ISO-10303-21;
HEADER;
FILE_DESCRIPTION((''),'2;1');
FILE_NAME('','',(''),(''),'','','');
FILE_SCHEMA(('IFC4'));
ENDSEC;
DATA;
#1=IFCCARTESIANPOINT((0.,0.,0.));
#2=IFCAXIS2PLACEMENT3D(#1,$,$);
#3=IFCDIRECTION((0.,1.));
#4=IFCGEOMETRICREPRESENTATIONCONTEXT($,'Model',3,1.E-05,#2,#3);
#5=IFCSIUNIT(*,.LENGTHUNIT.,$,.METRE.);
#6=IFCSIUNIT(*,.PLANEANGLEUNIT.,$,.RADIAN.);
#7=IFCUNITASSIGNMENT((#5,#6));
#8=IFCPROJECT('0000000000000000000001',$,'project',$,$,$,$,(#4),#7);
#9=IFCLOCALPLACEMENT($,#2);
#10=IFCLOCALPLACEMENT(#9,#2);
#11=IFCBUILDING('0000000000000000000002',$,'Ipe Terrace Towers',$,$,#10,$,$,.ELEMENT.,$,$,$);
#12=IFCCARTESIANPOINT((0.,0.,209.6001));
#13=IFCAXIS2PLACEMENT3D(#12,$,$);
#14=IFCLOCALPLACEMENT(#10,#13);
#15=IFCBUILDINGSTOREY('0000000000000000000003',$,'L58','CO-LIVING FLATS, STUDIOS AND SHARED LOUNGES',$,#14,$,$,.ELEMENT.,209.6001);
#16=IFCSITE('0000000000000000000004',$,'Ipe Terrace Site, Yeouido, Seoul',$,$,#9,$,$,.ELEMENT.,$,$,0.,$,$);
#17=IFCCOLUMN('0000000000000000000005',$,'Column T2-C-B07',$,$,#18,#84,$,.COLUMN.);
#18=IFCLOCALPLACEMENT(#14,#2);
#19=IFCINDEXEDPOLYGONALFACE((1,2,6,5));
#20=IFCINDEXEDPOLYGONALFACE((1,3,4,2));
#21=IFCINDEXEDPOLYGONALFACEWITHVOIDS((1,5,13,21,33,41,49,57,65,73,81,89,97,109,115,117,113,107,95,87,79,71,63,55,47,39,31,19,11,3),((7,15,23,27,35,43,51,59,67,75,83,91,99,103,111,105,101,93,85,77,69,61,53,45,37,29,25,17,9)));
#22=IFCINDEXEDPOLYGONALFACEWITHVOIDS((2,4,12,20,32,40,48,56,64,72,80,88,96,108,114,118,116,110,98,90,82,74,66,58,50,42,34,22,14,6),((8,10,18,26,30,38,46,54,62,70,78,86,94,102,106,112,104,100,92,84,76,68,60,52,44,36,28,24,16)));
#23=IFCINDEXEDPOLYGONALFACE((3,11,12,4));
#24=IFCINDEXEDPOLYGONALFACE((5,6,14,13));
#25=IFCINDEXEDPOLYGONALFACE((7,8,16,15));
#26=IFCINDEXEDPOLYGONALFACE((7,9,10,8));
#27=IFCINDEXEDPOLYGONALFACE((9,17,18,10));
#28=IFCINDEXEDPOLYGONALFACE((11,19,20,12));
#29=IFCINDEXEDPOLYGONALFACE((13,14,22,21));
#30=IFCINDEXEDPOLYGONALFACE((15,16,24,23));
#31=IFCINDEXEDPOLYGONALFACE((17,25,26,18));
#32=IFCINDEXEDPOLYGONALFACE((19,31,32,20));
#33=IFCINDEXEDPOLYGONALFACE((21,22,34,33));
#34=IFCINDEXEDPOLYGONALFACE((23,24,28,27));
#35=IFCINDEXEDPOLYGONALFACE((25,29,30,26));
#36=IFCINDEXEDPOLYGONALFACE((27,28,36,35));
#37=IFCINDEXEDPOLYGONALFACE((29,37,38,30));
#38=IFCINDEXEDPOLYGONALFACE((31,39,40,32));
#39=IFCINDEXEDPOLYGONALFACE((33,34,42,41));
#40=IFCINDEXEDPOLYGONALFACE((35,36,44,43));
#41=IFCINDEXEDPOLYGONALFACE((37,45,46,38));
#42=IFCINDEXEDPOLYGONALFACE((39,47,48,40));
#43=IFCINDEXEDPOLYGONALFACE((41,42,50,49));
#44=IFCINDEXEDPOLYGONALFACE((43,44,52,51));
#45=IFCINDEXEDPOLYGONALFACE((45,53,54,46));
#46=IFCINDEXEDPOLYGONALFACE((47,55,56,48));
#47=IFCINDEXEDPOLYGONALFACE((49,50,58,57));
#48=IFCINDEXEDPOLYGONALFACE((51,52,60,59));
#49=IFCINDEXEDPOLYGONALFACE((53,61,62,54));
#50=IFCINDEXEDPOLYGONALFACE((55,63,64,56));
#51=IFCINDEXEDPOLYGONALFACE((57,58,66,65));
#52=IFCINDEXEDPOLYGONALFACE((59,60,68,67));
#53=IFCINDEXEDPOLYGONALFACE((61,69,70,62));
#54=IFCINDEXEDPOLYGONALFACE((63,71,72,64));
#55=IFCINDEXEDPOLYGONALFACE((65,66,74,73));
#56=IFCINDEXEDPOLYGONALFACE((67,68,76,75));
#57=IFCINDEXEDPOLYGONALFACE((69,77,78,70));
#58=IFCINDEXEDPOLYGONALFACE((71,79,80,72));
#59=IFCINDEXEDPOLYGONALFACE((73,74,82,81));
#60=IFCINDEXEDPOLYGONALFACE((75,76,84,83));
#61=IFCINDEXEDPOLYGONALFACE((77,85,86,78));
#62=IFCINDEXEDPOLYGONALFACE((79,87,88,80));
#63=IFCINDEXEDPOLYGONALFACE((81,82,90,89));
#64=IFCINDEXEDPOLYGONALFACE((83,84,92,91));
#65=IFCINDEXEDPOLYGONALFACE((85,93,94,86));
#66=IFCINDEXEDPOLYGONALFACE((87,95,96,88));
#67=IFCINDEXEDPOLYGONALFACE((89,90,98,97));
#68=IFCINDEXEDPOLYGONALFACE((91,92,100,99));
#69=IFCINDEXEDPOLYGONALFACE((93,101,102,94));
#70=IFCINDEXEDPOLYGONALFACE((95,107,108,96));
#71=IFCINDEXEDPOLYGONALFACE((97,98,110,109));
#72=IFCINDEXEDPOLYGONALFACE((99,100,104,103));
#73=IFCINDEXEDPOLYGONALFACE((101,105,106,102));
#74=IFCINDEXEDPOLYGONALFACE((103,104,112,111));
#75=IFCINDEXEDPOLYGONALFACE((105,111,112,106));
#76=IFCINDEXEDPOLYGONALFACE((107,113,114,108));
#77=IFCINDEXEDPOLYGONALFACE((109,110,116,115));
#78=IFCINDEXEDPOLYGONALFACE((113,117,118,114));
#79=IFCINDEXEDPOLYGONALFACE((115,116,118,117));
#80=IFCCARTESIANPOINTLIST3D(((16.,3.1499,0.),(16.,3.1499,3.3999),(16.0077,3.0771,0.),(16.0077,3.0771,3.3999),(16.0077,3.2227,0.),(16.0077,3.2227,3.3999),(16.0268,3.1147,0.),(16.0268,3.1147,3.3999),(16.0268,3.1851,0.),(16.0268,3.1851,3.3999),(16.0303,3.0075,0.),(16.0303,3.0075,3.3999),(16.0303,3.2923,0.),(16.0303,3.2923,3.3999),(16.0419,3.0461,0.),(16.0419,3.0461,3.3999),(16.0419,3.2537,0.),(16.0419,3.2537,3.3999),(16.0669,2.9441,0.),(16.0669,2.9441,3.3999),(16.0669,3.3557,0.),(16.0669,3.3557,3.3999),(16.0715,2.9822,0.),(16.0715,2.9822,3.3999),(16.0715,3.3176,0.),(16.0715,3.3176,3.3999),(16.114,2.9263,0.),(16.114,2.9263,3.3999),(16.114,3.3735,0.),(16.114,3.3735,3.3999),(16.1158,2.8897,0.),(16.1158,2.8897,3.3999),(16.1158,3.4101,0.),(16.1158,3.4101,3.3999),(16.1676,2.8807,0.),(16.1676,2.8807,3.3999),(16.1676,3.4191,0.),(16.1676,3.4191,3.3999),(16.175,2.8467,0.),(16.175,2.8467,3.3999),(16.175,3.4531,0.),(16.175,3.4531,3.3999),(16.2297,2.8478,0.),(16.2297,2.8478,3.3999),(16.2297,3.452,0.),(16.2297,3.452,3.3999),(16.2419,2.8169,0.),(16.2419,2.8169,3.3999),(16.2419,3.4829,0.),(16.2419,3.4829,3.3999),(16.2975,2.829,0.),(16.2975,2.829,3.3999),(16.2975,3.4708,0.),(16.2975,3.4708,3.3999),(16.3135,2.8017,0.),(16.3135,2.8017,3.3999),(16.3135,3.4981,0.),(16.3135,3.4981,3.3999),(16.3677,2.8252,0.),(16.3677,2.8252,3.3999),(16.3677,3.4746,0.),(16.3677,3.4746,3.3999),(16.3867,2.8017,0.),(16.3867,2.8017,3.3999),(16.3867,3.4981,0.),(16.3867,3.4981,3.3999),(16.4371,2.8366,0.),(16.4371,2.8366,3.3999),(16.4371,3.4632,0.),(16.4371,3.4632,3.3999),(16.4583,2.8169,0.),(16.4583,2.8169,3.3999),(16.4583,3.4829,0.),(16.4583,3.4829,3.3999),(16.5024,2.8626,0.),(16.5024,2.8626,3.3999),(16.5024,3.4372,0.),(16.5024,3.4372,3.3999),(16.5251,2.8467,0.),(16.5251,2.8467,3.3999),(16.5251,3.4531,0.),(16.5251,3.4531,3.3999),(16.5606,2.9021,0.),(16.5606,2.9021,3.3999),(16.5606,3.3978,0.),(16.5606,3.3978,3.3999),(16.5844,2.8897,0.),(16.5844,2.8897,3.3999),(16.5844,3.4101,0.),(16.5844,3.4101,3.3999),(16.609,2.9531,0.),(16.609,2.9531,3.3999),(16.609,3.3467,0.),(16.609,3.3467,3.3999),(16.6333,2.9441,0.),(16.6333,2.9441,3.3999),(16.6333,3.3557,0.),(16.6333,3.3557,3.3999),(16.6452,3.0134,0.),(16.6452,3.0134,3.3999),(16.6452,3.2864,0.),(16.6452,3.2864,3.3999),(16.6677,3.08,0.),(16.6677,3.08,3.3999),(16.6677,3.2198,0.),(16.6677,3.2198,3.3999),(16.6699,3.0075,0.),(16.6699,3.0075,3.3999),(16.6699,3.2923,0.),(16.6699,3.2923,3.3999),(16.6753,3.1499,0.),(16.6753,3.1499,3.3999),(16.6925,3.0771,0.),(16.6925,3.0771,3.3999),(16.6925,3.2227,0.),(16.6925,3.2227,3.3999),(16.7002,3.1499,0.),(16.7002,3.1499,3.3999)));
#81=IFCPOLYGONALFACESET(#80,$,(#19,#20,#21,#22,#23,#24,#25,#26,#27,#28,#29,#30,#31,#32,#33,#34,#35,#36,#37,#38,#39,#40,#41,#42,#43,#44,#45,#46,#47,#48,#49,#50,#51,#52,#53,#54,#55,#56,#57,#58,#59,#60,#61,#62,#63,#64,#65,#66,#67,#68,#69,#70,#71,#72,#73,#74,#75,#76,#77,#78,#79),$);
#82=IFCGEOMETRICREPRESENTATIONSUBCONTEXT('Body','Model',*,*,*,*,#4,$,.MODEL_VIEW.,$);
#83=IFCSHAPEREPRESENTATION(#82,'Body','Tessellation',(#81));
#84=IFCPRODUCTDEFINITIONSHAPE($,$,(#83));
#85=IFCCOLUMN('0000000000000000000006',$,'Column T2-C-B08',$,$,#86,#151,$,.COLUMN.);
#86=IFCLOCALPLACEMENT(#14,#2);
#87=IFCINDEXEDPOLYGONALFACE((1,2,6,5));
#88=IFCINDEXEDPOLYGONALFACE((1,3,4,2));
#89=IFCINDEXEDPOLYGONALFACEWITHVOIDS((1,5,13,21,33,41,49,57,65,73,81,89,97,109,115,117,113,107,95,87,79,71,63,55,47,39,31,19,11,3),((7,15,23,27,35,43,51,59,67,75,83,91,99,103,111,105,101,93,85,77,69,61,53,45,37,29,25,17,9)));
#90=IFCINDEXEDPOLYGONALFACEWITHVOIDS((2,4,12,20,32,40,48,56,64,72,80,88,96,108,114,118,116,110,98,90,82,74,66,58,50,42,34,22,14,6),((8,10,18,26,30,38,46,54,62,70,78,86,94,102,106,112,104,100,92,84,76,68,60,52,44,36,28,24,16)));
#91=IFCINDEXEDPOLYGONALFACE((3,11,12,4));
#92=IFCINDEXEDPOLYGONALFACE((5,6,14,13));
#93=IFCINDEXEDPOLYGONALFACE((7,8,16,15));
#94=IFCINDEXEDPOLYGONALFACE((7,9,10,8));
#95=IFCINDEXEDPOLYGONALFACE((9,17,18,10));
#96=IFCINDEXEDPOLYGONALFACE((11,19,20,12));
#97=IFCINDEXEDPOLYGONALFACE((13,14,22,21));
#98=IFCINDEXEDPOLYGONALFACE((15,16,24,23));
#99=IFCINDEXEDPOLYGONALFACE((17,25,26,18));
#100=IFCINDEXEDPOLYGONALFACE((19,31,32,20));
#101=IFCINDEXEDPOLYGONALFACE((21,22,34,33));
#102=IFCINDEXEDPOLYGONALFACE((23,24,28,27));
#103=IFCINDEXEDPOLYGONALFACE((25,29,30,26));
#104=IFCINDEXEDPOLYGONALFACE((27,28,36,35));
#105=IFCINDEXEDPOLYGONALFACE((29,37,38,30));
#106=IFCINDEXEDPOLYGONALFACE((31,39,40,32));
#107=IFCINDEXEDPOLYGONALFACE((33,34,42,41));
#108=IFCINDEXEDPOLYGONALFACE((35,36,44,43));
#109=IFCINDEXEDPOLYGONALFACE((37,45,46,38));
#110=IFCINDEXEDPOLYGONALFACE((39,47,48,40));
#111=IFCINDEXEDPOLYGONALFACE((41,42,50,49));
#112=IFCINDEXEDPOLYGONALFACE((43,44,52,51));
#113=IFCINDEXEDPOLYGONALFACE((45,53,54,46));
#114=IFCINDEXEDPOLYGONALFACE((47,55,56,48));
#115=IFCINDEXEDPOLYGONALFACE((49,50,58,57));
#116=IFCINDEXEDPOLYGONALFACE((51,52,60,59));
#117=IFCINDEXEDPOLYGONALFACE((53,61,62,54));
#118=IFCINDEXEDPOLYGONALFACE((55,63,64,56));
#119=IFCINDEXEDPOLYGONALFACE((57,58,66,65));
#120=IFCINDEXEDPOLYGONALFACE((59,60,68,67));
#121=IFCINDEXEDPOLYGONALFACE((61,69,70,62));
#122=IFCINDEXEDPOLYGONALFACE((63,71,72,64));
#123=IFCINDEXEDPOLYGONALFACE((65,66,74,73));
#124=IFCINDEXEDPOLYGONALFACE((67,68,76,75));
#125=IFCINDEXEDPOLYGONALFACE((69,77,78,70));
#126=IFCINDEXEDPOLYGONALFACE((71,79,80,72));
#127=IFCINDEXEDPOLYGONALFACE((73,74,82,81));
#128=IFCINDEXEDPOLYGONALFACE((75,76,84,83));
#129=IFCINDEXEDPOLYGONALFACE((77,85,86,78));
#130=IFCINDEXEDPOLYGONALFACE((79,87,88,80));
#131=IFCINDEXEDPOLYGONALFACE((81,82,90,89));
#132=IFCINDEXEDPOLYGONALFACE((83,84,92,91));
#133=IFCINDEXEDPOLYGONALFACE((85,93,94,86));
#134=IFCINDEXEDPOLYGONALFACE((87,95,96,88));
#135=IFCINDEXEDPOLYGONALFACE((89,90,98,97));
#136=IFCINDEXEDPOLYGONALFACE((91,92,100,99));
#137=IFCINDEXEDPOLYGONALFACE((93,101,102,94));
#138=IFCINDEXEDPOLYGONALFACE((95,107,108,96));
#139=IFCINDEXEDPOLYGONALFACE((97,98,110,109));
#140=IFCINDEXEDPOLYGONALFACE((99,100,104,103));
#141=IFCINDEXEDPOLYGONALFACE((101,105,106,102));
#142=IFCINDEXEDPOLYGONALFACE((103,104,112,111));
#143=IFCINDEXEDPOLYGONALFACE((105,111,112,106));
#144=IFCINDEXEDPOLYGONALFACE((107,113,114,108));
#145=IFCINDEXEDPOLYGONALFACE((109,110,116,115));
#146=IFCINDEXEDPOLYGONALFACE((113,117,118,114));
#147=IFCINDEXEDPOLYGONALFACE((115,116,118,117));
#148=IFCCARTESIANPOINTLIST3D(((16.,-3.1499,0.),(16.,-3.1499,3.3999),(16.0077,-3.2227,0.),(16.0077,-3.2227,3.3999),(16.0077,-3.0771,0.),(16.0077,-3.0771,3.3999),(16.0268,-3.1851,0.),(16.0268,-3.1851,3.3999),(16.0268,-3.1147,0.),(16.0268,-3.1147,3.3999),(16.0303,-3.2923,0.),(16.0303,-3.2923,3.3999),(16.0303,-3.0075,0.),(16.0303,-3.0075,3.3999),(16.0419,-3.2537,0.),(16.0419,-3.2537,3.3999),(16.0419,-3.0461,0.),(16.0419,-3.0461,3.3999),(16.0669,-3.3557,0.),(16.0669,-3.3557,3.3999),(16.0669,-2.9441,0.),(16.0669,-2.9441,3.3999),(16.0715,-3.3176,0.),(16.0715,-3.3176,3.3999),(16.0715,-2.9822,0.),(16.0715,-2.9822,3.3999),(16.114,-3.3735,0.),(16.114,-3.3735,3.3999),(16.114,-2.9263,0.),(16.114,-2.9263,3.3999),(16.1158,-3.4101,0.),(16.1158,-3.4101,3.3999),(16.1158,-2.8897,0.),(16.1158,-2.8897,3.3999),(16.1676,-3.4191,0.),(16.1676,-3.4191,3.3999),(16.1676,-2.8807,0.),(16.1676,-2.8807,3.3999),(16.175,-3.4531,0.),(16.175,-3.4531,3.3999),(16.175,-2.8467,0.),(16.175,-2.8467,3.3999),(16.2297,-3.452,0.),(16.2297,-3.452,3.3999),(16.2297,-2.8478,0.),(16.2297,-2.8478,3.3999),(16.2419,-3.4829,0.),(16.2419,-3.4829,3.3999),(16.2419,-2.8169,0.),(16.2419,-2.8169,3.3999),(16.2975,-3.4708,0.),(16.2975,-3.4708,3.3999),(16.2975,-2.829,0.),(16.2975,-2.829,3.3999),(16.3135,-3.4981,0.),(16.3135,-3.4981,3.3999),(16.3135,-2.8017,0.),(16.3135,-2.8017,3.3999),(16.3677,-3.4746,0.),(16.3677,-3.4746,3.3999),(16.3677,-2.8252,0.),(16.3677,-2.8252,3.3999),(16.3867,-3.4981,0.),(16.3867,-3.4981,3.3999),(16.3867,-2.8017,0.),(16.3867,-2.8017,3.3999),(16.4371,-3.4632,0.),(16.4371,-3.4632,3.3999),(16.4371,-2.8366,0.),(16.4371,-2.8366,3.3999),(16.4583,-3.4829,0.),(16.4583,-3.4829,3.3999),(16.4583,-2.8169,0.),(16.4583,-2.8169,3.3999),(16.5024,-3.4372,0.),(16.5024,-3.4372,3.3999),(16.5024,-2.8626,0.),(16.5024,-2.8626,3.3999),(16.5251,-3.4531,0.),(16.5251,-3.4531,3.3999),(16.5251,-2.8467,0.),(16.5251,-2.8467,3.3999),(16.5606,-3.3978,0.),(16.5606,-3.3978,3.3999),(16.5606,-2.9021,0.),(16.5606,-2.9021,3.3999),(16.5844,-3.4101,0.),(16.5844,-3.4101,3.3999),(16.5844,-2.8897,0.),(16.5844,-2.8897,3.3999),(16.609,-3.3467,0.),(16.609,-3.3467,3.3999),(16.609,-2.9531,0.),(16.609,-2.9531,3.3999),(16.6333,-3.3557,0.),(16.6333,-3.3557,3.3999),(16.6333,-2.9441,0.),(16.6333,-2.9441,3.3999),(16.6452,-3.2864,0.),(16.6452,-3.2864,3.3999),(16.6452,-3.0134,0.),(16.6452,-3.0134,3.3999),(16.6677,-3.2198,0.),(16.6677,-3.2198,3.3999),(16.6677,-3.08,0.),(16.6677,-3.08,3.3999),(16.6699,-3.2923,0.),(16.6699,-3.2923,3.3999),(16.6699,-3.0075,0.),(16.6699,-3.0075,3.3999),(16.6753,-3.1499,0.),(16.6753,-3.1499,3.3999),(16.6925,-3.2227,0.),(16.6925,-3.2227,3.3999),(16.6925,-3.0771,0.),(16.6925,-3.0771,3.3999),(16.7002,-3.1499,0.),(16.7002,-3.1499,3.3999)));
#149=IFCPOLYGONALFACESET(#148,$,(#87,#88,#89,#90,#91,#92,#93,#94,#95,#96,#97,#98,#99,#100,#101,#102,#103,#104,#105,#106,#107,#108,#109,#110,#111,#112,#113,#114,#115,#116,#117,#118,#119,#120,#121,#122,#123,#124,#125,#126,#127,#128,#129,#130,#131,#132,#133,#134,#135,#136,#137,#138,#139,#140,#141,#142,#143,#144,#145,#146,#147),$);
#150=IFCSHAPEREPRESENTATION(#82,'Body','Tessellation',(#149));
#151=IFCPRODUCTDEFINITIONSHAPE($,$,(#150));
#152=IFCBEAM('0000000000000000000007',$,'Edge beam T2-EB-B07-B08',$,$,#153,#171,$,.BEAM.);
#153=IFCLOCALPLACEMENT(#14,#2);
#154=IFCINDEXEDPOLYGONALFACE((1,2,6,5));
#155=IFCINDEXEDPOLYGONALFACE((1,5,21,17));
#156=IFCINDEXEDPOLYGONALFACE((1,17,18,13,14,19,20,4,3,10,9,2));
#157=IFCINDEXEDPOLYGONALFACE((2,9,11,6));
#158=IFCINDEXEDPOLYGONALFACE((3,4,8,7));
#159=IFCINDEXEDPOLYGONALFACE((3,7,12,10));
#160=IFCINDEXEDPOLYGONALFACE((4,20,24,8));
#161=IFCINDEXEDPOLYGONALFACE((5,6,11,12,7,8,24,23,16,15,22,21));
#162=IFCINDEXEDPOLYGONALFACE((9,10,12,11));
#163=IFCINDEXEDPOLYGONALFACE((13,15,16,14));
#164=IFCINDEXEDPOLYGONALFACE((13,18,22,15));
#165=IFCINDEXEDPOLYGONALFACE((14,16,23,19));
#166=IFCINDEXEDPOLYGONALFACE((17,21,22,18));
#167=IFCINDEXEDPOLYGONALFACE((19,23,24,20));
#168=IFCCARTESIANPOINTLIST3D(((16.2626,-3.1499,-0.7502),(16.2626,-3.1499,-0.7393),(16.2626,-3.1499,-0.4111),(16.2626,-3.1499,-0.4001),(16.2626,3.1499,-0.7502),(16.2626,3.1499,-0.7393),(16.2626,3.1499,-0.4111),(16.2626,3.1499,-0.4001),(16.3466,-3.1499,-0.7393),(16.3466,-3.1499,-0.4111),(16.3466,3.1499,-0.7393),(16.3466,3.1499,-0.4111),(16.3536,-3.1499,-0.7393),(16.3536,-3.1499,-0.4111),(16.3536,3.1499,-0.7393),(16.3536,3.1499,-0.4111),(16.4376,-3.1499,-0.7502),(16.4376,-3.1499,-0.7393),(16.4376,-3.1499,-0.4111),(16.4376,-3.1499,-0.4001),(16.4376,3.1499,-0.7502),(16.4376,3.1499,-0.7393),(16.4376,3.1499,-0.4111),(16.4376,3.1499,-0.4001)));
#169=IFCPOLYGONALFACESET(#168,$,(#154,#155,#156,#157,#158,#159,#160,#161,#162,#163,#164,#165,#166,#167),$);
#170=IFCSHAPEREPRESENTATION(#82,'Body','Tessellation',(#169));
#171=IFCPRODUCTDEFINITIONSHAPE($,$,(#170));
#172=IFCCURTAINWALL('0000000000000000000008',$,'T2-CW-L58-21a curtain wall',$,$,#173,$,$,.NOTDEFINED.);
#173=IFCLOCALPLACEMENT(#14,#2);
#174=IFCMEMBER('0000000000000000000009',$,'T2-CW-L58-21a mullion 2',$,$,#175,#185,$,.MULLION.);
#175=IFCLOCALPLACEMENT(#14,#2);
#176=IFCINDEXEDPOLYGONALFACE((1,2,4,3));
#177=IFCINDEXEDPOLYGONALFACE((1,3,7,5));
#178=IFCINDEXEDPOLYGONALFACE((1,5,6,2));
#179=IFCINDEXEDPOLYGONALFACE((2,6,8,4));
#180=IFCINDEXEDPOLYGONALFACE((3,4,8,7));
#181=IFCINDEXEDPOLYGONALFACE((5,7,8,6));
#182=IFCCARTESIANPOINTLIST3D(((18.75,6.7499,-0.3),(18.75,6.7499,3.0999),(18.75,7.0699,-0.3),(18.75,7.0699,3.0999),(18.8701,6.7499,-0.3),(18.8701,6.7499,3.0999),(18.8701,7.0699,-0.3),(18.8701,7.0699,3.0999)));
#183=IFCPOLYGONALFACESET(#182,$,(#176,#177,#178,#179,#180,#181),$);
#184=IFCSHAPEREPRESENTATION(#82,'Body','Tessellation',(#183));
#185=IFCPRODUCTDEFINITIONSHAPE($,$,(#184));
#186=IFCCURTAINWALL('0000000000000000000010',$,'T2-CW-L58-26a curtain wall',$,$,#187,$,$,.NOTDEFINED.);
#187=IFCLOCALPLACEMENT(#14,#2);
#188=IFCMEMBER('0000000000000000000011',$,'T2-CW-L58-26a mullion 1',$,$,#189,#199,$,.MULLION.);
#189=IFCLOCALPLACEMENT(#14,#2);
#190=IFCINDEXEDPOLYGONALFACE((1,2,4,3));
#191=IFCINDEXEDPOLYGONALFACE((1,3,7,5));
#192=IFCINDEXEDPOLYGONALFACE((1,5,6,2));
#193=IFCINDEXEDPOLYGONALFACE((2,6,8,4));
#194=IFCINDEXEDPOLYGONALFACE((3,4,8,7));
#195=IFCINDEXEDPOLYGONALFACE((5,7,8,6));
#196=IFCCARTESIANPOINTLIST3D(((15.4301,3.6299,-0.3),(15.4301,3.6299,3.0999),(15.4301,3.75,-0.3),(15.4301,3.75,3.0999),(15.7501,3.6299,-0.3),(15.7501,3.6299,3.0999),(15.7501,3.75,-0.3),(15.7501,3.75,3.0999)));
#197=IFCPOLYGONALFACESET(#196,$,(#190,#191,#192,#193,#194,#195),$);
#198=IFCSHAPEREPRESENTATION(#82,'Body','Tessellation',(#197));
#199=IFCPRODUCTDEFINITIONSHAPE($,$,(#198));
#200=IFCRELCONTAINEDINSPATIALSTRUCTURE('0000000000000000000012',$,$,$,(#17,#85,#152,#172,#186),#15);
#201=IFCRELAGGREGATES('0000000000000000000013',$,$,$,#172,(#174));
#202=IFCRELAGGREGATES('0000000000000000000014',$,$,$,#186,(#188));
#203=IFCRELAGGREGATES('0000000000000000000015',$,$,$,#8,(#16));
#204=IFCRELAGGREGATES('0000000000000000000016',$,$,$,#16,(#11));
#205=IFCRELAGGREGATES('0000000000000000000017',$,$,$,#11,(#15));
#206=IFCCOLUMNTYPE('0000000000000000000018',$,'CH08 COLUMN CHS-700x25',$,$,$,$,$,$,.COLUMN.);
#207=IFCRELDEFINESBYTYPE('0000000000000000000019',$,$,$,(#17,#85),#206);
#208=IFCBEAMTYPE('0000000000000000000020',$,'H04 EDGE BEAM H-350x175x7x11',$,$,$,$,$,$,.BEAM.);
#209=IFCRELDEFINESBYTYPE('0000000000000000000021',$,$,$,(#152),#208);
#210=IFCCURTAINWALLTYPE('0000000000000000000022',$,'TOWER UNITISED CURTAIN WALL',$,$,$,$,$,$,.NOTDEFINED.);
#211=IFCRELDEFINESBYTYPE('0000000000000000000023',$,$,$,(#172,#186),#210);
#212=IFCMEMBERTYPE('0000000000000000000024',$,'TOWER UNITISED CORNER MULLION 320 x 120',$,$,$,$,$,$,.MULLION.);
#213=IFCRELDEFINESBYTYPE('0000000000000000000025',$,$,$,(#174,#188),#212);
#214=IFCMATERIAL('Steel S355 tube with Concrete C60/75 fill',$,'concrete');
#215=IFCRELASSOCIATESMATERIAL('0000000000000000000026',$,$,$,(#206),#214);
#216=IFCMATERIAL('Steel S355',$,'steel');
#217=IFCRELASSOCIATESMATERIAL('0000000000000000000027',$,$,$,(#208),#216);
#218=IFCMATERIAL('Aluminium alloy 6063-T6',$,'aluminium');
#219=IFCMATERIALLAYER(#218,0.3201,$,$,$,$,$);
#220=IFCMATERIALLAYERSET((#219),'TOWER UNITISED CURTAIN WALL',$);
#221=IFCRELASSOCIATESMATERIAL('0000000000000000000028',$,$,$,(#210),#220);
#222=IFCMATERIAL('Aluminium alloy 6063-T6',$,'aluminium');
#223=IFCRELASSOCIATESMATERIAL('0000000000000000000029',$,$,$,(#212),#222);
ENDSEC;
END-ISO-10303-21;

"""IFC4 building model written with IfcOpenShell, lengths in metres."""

from ifc_helpers import new_model, si_unit, direction, frame, origin, origin_2d, place, context, subcontext, project, spatial, rectangle, hollow_circle, i_section, extrude, material, layer, layer_set, material_profile, profile_set, type_object, element, aggregate, save


model = new_model("IFC4")

# Units and contexts
model_context = context("Model", 3, precision=1e-05, world=origin(), true_north=direction((0.0, 1.0)))
body_context = subcontext(model_context, "Body", "Model", "MODEL_VIEW")
ifc_project = project(units=[si_unit("LENGTHUNIT", "METRE"), si_unit("PLANEANGLEUNIT", "RADIAN")], contexts=[model_context])

# Site, building, storey
site_placement = place(None, origin())
site = spatial("IfcSite", under=ifc_project, at=site_placement, Name="Ipe Terrace Site, Yeouido, Seoul", CompositionType="ELEMENT", RefElevation=0.0)
building_placement = place(site_placement, origin())
building = spatial("IfcBuilding", under=site, at=building_placement, Name="Ipe Terrace Towers", CompositionType="ELEMENT")
storey_placement = place(building_placement, frame((0.0, 0.0, 209.6001)))
storey = spatial("IfcBuildingStorey", under=building, at=storey_placement, Name="L58", Description="CO-LIVING FLATS, STUDIOS AND SHARED LOUNGES", CompositionType="ELEMENT", Elevation=209.6001)

# Columns
ifc_material_1 = material(Name="Steel S355 tube with Concrete C60/75 fill", Category="concrete")
ifc_material_profile_1 = material_profile(ifc_material_1, hollow_circle(Radius=0.3501, WallThickness=0.0249, at=origin_2d()), Name="CHS-700x25")
ifc_profile_set_1 = profile_set([ifc_material_profile_1], Name="Steel S355 tube with Concrete C60/75 fill")
column_type = type_object("IfcColumnType", Name="CH08 COLUMN CHS-700x25", PredefinedType="COLUMN", material=ifc_profile_set_1)
for number, where, z_axis, x_axis, name in (
    (1, (16.3501, 3.1499, 0.0), (0.0, 0.0, 1.0), (1.0, 0.0, 0.0), "Column T2-C-B07"),
    (2, (16.3501, -3.1499, 0.0), (0.0, 0.0, 1.0), (1.0, 0.0, 0.0), "Column T2-C-B08"),
):
    element("IfcColumn", number, at=place(storey_placement, frame(where, z_axis=z_axis, x_axis=x_axis)), inside=storey, type_object=column_type, Name=name, PredefinedType="COLUMN", context=body_context, shape_type="SweptSolid", body=[
        extrude(hollow_circle(Radius=0.3501, WallThickness=0.0249, at=origin_2d()), origin(), (0.0, 0.0, 1.0), 3.3999),
    ])

# Beam
ifc_material_2 = material(Name="Steel S355", Category="steel")
ifc_material_profile_2 = material_profile(ifc_material_2, i_section(OverallWidth=0.175, OverallDepth=0.3501, WebThickness=0.0071, FlangeThickness=0.011, at=origin_2d()), Name="H-350x175x7x11")
ifc_profile_set_2 = profile_set([ifc_material_profile_2], Name="Steel S355")
beam_type = type_object("IfcBeamType", Name="H04 EDGE BEAM H-350x175x7x11", PredefinedType="BEAM", material=ifc_profile_set_2)
beam_placement = place(storey_placement, frame((16.3501, 3.1499, -0.5752), z_axis=(0.0, -1.0, 0.0), x_axis=(1.0, 0.0, 0.0)))
element("IfcBeam", 3, at=beam_placement, inside=storey, type_object=beam_type, Name="Edge beam T2-EB-B07-B08", PredefinedType="BEAM", context=body_context, shape_type="SweptSolid", body=[
    extrude(i_section(OverallWidth=0.175, OverallDepth=0.3501, WebThickness=0.0071, FlangeThickness=0.011, at=origin_2d()), origin(), (0.0, 0.0, 1.0), 6.2998),
])

# Curtain wall, member
ifc_material_3 = material(Name="Aluminium alloy 6063-T6", Category="aluminium")
ifc_layer_1 = layer(ifc_material_3, 0.3201)
ifc_layer_set_1 = layer_set([ifc_layer_1], Name="TOWER UNITISED CURTAIN WALL")
curtain_wall_type = type_object("IfcCurtainWallType", Name="TOWER UNITISED CURTAIN WALL", PredefinedType="NOTDEFINED", material=ifc_layer_set_1)
curtain_wall_1_placement = place(storey_placement, origin())
curtain_wall_1 = element("IfcCurtainWall", 4, at=curtain_wall_1_placement, inside=storey, type_object=curtain_wall_type, Name="T2-CW-L58-21a curtain wall", PredefinedType="NOTDEFINED")
ifc_material_4 = material(Name="Aluminium alloy 6063-T6", Category="aluminium")
ifc_material_profile_3 = material_profile(ifc_material_4, rectangle(XDim=0.3201, YDim=0.1201, at=origin_2d()), Name="TOWER UNITISED CORNER MULLION 320 x 120")
ifc_profile_set_3 = profile_set([ifc_material_profile_3], Name="Aluminium alloy 6063-T6")
member_type_1 = type_object("IfcMemberType", Name="TOWER UNITISED CORNER MULLION 320 x 120", PredefinedType="MULLION", material=ifc_profile_set_3)
member_1_placement = place(storey_placement, frame((18.8101, 6.9099, -0.3), z_axis=(0.0, 0.0, 1.0), x_axis=(0.0, 1.0, 0.0)))
member_1 = element("IfcMember", 5, at=member_1_placement, type_object=member_type_1, Name="T2-CW-L58-21a mullion 2", PredefinedType="MULLION", context=body_context, shape_type="SweptSolid", body=[
    extrude(rectangle(XDim=0.3201, YDim=0.1201, at=origin_2d()), origin(), (0.0, 0.0, 1.0), 3.3999),
])
aggregate(curtain_wall_1, [member_1])

# Curtain wall, member
curtain_wall_2_placement = place(storey_placement, origin())
curtain_wall_2 = element("IfcCurtainWall", 6, at=curtain_wall_2_placement, inside=storey, type_object=curtain_wall_type, Name="T2-CW-L58-26a curtain wall", PredefinedType="NOTDEFINED")
member_2_placement = place(storey_placement, frame((15.5901, 3.6899, -0.3), z_axis=(0.0, 0.0, 1.0), x_axis=(-1.0, 0.0, 0.0)))
member_2 = element("IfcMember", 7, at=member_2_placement, type_object=member_type_1, Name="T2-CW-L58-26a mullion 1", PredefinedType="MULLION", context=body_context, shape_type="SweptSolid", body=[
    extrude(rectangle(XDim=0.3201, YDim=0.1201, at=origin_2d()), origin(), (0.0, 0.0, 1.0), 3.3999),
])

aggregate(curtain_wall_2, [member_2])

save(model, "model.ifc")
